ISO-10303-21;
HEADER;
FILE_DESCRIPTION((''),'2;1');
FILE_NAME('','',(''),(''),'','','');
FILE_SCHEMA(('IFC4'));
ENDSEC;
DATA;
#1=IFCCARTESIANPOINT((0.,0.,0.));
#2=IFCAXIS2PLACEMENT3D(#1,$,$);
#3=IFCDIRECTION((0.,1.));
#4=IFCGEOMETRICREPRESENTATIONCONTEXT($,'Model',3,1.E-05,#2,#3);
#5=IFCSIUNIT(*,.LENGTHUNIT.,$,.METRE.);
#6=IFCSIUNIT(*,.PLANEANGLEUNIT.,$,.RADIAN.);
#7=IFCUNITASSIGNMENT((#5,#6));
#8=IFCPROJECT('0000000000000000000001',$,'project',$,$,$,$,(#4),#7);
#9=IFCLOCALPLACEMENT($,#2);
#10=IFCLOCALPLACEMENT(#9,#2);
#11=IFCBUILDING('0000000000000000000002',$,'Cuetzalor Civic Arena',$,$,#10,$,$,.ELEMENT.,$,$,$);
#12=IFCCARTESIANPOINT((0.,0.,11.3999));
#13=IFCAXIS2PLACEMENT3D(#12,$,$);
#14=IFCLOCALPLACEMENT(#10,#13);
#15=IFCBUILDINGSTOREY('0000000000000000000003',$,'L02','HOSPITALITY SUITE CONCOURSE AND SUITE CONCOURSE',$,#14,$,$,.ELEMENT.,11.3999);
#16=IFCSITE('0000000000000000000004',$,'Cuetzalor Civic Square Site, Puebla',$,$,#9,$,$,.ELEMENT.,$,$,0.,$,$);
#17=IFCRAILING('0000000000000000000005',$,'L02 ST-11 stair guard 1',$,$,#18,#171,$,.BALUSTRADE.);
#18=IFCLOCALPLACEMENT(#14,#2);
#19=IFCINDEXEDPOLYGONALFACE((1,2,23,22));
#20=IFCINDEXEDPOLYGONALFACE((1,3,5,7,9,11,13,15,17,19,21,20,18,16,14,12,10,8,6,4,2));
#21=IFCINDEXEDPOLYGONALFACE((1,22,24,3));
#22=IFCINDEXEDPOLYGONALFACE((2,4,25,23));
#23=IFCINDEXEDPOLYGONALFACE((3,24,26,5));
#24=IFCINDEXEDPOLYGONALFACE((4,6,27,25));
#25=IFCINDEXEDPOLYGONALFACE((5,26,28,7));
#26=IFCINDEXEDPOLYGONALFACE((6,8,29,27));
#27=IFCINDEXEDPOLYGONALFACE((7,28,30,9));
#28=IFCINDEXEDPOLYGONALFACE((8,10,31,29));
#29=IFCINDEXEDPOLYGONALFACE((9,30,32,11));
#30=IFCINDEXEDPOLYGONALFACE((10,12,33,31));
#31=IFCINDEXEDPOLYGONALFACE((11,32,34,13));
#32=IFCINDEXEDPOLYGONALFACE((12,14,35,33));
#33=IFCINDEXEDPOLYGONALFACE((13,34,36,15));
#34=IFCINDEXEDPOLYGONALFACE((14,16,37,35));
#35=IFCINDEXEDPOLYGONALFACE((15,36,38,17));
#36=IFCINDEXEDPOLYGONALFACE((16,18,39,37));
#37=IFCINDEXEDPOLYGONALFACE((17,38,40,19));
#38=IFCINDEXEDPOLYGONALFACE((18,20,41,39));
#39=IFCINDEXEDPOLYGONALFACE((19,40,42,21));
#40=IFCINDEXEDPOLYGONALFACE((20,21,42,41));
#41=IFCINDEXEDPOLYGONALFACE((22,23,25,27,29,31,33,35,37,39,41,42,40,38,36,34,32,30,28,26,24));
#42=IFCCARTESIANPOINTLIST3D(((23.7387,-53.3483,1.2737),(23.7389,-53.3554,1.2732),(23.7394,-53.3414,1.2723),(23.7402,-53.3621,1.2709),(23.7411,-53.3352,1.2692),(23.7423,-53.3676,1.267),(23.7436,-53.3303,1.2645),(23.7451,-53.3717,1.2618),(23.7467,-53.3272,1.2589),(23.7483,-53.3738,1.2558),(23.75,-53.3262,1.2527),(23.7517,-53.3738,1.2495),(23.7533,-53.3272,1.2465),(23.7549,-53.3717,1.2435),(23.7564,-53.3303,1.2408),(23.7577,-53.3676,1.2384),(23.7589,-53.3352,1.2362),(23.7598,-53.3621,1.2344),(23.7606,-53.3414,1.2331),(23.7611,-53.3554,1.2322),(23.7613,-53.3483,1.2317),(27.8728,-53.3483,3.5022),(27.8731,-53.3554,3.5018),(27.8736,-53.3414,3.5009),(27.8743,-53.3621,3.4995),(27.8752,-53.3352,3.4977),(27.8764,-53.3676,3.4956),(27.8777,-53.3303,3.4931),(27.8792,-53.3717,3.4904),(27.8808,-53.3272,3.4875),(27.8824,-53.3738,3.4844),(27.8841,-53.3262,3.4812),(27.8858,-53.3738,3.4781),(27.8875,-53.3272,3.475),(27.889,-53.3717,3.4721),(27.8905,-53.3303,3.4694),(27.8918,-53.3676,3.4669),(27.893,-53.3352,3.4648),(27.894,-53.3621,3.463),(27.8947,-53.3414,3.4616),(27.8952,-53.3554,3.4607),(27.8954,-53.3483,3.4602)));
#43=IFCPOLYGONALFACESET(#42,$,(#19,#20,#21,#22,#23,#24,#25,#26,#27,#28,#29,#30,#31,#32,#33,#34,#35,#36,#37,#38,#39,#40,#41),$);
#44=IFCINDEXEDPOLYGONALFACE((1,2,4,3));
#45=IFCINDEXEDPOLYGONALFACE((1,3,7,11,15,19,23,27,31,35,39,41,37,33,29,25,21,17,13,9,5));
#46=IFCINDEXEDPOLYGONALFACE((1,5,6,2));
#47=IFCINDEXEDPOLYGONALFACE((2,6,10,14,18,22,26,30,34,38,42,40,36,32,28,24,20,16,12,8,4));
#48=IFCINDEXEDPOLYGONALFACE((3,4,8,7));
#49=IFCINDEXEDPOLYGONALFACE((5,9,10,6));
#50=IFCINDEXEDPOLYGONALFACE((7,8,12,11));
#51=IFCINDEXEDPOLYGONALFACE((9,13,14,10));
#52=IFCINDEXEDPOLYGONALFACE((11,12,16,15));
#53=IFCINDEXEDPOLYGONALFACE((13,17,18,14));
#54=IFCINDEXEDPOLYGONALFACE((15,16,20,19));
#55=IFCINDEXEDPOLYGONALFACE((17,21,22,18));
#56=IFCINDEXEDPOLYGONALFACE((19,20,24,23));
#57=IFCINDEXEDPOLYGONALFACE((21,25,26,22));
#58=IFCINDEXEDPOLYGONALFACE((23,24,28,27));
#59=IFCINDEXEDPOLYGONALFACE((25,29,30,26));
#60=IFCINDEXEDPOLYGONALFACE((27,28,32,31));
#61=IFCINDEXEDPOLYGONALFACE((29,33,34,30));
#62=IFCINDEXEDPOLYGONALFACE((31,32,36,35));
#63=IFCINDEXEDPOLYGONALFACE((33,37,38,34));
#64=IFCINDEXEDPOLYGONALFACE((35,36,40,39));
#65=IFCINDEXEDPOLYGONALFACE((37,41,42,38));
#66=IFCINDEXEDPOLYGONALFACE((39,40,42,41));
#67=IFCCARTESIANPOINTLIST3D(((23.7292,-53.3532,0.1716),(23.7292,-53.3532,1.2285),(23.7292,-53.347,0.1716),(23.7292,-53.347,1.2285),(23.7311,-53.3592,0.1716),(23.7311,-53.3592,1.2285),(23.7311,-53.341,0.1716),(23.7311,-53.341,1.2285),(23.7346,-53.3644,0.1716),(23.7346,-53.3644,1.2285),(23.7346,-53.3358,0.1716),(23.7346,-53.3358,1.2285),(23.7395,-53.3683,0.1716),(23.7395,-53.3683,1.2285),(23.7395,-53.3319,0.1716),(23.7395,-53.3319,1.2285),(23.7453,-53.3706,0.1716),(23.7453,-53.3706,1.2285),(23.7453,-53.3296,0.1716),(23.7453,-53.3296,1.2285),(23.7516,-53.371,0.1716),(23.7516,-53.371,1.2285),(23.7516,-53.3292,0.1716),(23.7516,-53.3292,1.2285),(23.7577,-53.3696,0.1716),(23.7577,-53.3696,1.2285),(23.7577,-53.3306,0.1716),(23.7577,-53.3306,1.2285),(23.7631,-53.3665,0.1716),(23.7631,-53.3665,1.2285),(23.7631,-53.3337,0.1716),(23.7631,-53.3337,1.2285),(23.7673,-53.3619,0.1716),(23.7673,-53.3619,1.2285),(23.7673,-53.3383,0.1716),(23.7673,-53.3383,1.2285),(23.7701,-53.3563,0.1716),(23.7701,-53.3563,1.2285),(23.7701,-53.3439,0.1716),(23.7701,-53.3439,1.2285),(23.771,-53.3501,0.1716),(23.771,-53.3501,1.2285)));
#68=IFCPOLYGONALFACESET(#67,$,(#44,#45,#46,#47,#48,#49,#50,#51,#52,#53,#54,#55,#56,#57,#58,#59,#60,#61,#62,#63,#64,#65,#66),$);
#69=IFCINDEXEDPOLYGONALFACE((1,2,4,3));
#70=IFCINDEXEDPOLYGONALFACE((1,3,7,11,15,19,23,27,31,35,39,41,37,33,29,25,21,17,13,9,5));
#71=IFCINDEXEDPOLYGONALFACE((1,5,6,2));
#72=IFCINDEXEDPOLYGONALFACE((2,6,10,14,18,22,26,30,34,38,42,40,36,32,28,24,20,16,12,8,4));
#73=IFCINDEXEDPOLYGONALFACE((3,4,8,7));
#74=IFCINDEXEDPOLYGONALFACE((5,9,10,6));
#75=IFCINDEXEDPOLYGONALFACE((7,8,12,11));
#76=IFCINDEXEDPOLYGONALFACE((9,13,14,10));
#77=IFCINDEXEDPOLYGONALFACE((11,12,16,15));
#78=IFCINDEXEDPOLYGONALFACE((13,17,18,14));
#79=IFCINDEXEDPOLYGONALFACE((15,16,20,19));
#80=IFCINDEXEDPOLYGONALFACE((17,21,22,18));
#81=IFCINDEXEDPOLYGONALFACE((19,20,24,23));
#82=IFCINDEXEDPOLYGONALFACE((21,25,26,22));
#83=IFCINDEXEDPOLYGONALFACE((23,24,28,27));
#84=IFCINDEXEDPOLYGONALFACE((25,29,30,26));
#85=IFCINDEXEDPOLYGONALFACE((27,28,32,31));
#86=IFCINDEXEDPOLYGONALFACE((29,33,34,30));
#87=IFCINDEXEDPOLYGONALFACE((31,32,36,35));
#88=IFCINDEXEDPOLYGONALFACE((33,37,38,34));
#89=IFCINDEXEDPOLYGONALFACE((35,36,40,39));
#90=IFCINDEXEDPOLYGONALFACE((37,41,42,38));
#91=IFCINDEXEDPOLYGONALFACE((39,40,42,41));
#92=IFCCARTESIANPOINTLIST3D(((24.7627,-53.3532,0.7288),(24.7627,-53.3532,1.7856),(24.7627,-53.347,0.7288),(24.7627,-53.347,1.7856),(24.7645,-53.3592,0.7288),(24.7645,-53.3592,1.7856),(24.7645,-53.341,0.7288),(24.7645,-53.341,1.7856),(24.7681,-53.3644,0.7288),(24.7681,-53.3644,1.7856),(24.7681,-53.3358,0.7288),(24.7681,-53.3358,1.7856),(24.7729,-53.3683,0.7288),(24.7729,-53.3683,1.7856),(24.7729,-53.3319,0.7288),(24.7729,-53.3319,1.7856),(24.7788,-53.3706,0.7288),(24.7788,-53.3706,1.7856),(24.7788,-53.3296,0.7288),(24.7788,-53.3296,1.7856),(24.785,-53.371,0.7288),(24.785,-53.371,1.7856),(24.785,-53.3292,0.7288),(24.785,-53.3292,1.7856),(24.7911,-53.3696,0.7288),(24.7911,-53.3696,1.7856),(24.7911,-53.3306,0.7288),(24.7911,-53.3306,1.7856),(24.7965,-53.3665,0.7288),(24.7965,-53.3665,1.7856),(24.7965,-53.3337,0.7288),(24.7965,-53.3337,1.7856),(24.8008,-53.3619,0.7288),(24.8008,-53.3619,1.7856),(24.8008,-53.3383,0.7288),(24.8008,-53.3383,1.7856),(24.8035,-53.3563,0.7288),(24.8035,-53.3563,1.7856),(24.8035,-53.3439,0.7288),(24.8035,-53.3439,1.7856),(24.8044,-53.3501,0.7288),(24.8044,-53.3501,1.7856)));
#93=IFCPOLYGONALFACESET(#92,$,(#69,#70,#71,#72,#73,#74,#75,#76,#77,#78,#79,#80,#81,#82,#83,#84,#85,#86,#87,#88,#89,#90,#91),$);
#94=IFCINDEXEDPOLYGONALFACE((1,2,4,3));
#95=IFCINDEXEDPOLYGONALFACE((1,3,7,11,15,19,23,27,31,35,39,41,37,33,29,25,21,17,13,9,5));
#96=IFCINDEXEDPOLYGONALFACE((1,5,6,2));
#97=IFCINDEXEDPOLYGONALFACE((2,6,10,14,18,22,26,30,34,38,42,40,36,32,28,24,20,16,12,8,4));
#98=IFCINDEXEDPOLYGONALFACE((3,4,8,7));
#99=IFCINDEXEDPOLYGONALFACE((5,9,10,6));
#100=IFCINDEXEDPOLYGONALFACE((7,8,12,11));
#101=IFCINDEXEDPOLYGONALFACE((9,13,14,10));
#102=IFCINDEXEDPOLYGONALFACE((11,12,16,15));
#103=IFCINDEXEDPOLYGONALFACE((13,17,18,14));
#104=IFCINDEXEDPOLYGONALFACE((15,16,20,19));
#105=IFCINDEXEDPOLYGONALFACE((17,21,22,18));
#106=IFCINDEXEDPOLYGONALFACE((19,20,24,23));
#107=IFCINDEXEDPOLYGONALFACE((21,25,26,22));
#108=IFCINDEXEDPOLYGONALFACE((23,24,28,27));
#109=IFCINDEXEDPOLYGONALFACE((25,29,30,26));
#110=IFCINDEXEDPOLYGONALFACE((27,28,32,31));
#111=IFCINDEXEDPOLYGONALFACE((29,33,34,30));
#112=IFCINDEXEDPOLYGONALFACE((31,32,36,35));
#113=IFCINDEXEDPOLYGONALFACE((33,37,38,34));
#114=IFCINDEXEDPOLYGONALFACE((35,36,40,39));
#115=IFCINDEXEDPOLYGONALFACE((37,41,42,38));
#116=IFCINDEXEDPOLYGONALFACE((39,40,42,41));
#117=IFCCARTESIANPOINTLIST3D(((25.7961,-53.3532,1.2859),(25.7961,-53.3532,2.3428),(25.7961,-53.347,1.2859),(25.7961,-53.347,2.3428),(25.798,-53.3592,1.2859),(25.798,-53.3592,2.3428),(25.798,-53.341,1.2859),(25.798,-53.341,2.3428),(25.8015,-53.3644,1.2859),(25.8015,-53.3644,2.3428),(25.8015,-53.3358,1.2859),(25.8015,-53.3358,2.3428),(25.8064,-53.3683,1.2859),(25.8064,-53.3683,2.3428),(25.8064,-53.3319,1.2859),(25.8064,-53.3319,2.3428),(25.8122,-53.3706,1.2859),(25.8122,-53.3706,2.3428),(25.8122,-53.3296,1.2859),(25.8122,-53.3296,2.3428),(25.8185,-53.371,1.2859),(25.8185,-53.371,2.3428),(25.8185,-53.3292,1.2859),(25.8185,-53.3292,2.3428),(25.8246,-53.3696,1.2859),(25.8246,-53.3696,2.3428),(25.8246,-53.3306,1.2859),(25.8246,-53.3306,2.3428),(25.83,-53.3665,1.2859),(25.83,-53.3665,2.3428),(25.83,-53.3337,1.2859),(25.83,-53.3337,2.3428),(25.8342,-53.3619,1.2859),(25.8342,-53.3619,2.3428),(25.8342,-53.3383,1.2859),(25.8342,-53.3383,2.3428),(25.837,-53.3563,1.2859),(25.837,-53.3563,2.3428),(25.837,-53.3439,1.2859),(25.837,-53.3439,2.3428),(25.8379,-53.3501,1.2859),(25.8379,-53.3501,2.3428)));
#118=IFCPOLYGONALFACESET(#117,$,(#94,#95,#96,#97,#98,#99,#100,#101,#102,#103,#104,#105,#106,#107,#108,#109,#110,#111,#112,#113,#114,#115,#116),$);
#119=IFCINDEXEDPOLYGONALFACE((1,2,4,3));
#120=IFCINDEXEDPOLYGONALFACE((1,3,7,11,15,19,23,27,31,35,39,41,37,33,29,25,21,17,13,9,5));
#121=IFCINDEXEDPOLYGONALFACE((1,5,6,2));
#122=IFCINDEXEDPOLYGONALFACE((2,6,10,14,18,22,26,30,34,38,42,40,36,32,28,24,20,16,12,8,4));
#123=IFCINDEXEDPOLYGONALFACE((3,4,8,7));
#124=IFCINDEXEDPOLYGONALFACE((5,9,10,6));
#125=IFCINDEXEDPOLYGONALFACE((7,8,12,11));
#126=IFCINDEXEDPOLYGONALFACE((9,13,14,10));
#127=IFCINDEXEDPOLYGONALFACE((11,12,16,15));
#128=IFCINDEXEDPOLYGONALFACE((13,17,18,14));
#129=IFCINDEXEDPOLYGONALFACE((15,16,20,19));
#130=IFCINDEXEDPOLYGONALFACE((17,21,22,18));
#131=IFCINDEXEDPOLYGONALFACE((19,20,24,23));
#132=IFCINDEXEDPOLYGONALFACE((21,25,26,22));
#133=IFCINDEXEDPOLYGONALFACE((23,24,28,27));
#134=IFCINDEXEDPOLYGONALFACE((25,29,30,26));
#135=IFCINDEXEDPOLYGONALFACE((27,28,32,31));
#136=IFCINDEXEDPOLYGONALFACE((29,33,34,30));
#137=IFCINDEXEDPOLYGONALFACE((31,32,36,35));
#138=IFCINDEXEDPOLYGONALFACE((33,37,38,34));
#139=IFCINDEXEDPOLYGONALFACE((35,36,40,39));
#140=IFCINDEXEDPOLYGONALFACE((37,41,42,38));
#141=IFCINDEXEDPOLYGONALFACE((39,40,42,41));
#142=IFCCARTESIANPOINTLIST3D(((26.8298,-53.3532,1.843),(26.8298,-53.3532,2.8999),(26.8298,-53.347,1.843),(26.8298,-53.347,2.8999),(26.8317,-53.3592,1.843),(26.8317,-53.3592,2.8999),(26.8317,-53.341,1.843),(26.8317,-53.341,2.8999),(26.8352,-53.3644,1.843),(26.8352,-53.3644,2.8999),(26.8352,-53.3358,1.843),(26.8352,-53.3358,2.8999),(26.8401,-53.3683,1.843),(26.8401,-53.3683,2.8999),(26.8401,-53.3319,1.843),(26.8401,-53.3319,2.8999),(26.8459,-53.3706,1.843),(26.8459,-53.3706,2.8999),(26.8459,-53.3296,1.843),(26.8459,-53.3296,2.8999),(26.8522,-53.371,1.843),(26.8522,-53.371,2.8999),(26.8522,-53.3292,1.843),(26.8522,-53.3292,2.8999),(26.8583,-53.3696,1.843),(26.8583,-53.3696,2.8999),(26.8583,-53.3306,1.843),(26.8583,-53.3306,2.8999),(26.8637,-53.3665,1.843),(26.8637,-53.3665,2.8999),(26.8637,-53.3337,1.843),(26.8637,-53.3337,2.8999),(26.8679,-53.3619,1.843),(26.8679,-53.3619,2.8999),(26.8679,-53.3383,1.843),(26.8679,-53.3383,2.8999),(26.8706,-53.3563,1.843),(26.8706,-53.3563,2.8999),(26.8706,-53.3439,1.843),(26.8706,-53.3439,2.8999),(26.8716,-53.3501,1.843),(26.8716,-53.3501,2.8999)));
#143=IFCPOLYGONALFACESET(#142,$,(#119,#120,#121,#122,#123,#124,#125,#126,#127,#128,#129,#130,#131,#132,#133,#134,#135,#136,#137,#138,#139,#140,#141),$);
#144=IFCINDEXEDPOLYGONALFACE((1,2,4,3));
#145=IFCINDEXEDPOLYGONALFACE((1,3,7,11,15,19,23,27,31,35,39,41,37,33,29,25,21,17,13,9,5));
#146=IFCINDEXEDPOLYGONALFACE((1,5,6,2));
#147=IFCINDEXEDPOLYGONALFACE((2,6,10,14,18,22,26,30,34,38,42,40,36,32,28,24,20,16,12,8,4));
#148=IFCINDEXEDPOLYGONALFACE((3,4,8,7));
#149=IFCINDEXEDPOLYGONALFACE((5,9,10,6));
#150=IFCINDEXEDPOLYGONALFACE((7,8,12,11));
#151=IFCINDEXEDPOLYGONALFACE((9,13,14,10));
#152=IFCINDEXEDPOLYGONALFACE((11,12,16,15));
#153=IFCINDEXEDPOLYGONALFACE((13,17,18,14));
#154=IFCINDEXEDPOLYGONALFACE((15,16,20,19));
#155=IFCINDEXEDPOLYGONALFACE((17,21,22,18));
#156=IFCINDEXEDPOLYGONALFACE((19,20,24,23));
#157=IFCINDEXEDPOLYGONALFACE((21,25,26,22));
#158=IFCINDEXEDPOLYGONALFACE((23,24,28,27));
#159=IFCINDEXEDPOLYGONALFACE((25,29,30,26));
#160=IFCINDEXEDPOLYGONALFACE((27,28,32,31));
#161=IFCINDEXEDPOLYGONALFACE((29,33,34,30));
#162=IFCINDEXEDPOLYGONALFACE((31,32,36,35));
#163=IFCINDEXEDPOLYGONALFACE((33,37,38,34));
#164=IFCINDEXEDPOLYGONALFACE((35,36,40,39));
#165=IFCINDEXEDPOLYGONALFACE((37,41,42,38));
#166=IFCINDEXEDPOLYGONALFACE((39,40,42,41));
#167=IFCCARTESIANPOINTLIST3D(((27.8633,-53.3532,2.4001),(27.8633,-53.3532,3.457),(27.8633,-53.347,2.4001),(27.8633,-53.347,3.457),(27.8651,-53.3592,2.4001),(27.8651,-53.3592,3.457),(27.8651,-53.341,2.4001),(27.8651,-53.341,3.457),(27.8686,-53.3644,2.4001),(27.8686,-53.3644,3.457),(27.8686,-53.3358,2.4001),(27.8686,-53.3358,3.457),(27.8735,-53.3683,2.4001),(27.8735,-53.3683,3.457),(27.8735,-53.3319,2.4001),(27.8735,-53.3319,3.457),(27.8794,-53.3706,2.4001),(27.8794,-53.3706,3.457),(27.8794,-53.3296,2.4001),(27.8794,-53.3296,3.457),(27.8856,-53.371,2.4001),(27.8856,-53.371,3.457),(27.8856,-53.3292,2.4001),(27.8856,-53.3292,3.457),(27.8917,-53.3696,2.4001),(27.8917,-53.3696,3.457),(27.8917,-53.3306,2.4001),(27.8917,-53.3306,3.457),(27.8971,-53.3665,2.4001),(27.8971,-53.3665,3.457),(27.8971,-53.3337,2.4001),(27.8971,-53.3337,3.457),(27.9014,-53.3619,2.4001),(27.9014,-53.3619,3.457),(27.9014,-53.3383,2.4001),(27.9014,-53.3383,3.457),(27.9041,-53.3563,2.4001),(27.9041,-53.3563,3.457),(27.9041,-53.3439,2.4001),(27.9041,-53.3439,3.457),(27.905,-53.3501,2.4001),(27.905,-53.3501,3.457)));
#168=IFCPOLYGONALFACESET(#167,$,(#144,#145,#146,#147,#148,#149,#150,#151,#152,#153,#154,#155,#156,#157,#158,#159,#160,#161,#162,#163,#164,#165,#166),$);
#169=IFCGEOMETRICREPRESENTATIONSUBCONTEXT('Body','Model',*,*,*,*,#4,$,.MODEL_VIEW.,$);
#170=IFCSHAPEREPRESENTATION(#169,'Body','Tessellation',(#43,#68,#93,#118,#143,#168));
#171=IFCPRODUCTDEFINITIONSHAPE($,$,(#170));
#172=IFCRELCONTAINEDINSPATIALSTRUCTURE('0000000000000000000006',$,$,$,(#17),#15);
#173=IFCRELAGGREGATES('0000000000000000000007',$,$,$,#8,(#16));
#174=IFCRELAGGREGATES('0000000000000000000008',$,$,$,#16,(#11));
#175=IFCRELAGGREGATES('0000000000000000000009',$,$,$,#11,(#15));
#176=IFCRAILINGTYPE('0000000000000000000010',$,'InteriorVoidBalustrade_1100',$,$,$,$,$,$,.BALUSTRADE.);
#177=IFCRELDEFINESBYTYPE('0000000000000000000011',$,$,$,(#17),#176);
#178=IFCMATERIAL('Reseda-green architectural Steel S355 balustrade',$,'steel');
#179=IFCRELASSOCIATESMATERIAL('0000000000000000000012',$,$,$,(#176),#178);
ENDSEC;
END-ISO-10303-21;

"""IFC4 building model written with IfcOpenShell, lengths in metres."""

from ifc_helpers import new_model, si_unit, direction, frame, origin, origin_2d, place, context, subcontext, project, spatial, circle, extrude, material, type_object, element, save


model = new_model("IFC4")

# Units and contexts
model_context = context("Model", 3, precision=1e-05, world=origin(), true_north=direction((0.0, 1.0)))
body_context = subcontext(model_context, "Body", "Model", "MODEL_VIEW")
ifc_project = project(units=[si_unit("LENGTHUNIT", "METRE"), si_unit("PLANEANGLEUNIT", "RADIAN")], contexts=[model_context])

# Site, building, storey
site_placement = place(None, origin())
site = spatial("IfcSite", under=ifc_project, at=site_placement, Name="Cuetzalor Civic Square Site, Puebla", CompositionType="ELEMENT", RefElevation=0.0)
building_placement = place(site_placement, origin())
building = spatial("IfcBuilding", under=site, at=building_placement, Name="Cuetzalor Civic Arena", CompositionType="ELEMENT")
storey_placement = place(building_placement, frame((0.0, 0.0, 11.3999)))
storey = spatial("IfcBuildingStorey", under=building, at=storey_placement, Name="L02", Description="HOSPITALITY SUITE CONCOURSE AND SUITE CONCOURSE", CompositionType="ELEMENT", Elevation=11.3999)

# Railing
ifc_material_1 = material(Name="Reseda-green architectural Steel S355 balustrade", Category="steel")
railing_type_1 = type_object("IfcRailingType", Name="InteriorVoidBalustrade_1100", PredefinedType="BALUSTRADE", material=ifc_material_1)
railing_1_placement = place(storey_placement, frame((23.75, -53.3501, 0.1716)))
element("IfcRailing", 1, at=railing_1_placement, inside=storey, type_object=railing_type_1, Name="L02 ST-11 stair guard 1", PredefinedType="BALUSTRADE", context=body_context, shape_type="SweptSolid", body=[
    extrude(circle(Radius=0.0239, at=origin_2d()), frame((0.0, 0.0, 1.0811), z_axis=(0.880249, 0.0, 0.474512), x_axis=(0.0, 1.0, 0.0)), (0.0, 0.0, 1.0), 4.6965),
    extrude(circle(Radius=0.021, at=origin_2d()), origin(), (0.0, 0.0, 1.0), 1.0569),
    extrude(circle(Radius=0.021, at=origin_2d()), frame((1.0334, 0.0, 0.5571)), (0.0, 0.0, 1.0), 1.0569),
    extrude(circle(Radius=0.021, at=origin_2d()), frame((2.0669, 0.0, 1.1143)), (0.0, 0.0, 1.0), 1.0569),
    extrude(circle(Radius=0.021, at=origin_2d()), frame((3.1006, 0.0, 1.6714)), (0.0, 0.0, 1.0), 1.0569),
    extrude(circle(Radius=0.021, at=origin_2d()), frame((4.134, 0.0, 2.2285)), (0.0, 0.0, 1.0), 1.0569),
])

save(model, "model.ifc")
